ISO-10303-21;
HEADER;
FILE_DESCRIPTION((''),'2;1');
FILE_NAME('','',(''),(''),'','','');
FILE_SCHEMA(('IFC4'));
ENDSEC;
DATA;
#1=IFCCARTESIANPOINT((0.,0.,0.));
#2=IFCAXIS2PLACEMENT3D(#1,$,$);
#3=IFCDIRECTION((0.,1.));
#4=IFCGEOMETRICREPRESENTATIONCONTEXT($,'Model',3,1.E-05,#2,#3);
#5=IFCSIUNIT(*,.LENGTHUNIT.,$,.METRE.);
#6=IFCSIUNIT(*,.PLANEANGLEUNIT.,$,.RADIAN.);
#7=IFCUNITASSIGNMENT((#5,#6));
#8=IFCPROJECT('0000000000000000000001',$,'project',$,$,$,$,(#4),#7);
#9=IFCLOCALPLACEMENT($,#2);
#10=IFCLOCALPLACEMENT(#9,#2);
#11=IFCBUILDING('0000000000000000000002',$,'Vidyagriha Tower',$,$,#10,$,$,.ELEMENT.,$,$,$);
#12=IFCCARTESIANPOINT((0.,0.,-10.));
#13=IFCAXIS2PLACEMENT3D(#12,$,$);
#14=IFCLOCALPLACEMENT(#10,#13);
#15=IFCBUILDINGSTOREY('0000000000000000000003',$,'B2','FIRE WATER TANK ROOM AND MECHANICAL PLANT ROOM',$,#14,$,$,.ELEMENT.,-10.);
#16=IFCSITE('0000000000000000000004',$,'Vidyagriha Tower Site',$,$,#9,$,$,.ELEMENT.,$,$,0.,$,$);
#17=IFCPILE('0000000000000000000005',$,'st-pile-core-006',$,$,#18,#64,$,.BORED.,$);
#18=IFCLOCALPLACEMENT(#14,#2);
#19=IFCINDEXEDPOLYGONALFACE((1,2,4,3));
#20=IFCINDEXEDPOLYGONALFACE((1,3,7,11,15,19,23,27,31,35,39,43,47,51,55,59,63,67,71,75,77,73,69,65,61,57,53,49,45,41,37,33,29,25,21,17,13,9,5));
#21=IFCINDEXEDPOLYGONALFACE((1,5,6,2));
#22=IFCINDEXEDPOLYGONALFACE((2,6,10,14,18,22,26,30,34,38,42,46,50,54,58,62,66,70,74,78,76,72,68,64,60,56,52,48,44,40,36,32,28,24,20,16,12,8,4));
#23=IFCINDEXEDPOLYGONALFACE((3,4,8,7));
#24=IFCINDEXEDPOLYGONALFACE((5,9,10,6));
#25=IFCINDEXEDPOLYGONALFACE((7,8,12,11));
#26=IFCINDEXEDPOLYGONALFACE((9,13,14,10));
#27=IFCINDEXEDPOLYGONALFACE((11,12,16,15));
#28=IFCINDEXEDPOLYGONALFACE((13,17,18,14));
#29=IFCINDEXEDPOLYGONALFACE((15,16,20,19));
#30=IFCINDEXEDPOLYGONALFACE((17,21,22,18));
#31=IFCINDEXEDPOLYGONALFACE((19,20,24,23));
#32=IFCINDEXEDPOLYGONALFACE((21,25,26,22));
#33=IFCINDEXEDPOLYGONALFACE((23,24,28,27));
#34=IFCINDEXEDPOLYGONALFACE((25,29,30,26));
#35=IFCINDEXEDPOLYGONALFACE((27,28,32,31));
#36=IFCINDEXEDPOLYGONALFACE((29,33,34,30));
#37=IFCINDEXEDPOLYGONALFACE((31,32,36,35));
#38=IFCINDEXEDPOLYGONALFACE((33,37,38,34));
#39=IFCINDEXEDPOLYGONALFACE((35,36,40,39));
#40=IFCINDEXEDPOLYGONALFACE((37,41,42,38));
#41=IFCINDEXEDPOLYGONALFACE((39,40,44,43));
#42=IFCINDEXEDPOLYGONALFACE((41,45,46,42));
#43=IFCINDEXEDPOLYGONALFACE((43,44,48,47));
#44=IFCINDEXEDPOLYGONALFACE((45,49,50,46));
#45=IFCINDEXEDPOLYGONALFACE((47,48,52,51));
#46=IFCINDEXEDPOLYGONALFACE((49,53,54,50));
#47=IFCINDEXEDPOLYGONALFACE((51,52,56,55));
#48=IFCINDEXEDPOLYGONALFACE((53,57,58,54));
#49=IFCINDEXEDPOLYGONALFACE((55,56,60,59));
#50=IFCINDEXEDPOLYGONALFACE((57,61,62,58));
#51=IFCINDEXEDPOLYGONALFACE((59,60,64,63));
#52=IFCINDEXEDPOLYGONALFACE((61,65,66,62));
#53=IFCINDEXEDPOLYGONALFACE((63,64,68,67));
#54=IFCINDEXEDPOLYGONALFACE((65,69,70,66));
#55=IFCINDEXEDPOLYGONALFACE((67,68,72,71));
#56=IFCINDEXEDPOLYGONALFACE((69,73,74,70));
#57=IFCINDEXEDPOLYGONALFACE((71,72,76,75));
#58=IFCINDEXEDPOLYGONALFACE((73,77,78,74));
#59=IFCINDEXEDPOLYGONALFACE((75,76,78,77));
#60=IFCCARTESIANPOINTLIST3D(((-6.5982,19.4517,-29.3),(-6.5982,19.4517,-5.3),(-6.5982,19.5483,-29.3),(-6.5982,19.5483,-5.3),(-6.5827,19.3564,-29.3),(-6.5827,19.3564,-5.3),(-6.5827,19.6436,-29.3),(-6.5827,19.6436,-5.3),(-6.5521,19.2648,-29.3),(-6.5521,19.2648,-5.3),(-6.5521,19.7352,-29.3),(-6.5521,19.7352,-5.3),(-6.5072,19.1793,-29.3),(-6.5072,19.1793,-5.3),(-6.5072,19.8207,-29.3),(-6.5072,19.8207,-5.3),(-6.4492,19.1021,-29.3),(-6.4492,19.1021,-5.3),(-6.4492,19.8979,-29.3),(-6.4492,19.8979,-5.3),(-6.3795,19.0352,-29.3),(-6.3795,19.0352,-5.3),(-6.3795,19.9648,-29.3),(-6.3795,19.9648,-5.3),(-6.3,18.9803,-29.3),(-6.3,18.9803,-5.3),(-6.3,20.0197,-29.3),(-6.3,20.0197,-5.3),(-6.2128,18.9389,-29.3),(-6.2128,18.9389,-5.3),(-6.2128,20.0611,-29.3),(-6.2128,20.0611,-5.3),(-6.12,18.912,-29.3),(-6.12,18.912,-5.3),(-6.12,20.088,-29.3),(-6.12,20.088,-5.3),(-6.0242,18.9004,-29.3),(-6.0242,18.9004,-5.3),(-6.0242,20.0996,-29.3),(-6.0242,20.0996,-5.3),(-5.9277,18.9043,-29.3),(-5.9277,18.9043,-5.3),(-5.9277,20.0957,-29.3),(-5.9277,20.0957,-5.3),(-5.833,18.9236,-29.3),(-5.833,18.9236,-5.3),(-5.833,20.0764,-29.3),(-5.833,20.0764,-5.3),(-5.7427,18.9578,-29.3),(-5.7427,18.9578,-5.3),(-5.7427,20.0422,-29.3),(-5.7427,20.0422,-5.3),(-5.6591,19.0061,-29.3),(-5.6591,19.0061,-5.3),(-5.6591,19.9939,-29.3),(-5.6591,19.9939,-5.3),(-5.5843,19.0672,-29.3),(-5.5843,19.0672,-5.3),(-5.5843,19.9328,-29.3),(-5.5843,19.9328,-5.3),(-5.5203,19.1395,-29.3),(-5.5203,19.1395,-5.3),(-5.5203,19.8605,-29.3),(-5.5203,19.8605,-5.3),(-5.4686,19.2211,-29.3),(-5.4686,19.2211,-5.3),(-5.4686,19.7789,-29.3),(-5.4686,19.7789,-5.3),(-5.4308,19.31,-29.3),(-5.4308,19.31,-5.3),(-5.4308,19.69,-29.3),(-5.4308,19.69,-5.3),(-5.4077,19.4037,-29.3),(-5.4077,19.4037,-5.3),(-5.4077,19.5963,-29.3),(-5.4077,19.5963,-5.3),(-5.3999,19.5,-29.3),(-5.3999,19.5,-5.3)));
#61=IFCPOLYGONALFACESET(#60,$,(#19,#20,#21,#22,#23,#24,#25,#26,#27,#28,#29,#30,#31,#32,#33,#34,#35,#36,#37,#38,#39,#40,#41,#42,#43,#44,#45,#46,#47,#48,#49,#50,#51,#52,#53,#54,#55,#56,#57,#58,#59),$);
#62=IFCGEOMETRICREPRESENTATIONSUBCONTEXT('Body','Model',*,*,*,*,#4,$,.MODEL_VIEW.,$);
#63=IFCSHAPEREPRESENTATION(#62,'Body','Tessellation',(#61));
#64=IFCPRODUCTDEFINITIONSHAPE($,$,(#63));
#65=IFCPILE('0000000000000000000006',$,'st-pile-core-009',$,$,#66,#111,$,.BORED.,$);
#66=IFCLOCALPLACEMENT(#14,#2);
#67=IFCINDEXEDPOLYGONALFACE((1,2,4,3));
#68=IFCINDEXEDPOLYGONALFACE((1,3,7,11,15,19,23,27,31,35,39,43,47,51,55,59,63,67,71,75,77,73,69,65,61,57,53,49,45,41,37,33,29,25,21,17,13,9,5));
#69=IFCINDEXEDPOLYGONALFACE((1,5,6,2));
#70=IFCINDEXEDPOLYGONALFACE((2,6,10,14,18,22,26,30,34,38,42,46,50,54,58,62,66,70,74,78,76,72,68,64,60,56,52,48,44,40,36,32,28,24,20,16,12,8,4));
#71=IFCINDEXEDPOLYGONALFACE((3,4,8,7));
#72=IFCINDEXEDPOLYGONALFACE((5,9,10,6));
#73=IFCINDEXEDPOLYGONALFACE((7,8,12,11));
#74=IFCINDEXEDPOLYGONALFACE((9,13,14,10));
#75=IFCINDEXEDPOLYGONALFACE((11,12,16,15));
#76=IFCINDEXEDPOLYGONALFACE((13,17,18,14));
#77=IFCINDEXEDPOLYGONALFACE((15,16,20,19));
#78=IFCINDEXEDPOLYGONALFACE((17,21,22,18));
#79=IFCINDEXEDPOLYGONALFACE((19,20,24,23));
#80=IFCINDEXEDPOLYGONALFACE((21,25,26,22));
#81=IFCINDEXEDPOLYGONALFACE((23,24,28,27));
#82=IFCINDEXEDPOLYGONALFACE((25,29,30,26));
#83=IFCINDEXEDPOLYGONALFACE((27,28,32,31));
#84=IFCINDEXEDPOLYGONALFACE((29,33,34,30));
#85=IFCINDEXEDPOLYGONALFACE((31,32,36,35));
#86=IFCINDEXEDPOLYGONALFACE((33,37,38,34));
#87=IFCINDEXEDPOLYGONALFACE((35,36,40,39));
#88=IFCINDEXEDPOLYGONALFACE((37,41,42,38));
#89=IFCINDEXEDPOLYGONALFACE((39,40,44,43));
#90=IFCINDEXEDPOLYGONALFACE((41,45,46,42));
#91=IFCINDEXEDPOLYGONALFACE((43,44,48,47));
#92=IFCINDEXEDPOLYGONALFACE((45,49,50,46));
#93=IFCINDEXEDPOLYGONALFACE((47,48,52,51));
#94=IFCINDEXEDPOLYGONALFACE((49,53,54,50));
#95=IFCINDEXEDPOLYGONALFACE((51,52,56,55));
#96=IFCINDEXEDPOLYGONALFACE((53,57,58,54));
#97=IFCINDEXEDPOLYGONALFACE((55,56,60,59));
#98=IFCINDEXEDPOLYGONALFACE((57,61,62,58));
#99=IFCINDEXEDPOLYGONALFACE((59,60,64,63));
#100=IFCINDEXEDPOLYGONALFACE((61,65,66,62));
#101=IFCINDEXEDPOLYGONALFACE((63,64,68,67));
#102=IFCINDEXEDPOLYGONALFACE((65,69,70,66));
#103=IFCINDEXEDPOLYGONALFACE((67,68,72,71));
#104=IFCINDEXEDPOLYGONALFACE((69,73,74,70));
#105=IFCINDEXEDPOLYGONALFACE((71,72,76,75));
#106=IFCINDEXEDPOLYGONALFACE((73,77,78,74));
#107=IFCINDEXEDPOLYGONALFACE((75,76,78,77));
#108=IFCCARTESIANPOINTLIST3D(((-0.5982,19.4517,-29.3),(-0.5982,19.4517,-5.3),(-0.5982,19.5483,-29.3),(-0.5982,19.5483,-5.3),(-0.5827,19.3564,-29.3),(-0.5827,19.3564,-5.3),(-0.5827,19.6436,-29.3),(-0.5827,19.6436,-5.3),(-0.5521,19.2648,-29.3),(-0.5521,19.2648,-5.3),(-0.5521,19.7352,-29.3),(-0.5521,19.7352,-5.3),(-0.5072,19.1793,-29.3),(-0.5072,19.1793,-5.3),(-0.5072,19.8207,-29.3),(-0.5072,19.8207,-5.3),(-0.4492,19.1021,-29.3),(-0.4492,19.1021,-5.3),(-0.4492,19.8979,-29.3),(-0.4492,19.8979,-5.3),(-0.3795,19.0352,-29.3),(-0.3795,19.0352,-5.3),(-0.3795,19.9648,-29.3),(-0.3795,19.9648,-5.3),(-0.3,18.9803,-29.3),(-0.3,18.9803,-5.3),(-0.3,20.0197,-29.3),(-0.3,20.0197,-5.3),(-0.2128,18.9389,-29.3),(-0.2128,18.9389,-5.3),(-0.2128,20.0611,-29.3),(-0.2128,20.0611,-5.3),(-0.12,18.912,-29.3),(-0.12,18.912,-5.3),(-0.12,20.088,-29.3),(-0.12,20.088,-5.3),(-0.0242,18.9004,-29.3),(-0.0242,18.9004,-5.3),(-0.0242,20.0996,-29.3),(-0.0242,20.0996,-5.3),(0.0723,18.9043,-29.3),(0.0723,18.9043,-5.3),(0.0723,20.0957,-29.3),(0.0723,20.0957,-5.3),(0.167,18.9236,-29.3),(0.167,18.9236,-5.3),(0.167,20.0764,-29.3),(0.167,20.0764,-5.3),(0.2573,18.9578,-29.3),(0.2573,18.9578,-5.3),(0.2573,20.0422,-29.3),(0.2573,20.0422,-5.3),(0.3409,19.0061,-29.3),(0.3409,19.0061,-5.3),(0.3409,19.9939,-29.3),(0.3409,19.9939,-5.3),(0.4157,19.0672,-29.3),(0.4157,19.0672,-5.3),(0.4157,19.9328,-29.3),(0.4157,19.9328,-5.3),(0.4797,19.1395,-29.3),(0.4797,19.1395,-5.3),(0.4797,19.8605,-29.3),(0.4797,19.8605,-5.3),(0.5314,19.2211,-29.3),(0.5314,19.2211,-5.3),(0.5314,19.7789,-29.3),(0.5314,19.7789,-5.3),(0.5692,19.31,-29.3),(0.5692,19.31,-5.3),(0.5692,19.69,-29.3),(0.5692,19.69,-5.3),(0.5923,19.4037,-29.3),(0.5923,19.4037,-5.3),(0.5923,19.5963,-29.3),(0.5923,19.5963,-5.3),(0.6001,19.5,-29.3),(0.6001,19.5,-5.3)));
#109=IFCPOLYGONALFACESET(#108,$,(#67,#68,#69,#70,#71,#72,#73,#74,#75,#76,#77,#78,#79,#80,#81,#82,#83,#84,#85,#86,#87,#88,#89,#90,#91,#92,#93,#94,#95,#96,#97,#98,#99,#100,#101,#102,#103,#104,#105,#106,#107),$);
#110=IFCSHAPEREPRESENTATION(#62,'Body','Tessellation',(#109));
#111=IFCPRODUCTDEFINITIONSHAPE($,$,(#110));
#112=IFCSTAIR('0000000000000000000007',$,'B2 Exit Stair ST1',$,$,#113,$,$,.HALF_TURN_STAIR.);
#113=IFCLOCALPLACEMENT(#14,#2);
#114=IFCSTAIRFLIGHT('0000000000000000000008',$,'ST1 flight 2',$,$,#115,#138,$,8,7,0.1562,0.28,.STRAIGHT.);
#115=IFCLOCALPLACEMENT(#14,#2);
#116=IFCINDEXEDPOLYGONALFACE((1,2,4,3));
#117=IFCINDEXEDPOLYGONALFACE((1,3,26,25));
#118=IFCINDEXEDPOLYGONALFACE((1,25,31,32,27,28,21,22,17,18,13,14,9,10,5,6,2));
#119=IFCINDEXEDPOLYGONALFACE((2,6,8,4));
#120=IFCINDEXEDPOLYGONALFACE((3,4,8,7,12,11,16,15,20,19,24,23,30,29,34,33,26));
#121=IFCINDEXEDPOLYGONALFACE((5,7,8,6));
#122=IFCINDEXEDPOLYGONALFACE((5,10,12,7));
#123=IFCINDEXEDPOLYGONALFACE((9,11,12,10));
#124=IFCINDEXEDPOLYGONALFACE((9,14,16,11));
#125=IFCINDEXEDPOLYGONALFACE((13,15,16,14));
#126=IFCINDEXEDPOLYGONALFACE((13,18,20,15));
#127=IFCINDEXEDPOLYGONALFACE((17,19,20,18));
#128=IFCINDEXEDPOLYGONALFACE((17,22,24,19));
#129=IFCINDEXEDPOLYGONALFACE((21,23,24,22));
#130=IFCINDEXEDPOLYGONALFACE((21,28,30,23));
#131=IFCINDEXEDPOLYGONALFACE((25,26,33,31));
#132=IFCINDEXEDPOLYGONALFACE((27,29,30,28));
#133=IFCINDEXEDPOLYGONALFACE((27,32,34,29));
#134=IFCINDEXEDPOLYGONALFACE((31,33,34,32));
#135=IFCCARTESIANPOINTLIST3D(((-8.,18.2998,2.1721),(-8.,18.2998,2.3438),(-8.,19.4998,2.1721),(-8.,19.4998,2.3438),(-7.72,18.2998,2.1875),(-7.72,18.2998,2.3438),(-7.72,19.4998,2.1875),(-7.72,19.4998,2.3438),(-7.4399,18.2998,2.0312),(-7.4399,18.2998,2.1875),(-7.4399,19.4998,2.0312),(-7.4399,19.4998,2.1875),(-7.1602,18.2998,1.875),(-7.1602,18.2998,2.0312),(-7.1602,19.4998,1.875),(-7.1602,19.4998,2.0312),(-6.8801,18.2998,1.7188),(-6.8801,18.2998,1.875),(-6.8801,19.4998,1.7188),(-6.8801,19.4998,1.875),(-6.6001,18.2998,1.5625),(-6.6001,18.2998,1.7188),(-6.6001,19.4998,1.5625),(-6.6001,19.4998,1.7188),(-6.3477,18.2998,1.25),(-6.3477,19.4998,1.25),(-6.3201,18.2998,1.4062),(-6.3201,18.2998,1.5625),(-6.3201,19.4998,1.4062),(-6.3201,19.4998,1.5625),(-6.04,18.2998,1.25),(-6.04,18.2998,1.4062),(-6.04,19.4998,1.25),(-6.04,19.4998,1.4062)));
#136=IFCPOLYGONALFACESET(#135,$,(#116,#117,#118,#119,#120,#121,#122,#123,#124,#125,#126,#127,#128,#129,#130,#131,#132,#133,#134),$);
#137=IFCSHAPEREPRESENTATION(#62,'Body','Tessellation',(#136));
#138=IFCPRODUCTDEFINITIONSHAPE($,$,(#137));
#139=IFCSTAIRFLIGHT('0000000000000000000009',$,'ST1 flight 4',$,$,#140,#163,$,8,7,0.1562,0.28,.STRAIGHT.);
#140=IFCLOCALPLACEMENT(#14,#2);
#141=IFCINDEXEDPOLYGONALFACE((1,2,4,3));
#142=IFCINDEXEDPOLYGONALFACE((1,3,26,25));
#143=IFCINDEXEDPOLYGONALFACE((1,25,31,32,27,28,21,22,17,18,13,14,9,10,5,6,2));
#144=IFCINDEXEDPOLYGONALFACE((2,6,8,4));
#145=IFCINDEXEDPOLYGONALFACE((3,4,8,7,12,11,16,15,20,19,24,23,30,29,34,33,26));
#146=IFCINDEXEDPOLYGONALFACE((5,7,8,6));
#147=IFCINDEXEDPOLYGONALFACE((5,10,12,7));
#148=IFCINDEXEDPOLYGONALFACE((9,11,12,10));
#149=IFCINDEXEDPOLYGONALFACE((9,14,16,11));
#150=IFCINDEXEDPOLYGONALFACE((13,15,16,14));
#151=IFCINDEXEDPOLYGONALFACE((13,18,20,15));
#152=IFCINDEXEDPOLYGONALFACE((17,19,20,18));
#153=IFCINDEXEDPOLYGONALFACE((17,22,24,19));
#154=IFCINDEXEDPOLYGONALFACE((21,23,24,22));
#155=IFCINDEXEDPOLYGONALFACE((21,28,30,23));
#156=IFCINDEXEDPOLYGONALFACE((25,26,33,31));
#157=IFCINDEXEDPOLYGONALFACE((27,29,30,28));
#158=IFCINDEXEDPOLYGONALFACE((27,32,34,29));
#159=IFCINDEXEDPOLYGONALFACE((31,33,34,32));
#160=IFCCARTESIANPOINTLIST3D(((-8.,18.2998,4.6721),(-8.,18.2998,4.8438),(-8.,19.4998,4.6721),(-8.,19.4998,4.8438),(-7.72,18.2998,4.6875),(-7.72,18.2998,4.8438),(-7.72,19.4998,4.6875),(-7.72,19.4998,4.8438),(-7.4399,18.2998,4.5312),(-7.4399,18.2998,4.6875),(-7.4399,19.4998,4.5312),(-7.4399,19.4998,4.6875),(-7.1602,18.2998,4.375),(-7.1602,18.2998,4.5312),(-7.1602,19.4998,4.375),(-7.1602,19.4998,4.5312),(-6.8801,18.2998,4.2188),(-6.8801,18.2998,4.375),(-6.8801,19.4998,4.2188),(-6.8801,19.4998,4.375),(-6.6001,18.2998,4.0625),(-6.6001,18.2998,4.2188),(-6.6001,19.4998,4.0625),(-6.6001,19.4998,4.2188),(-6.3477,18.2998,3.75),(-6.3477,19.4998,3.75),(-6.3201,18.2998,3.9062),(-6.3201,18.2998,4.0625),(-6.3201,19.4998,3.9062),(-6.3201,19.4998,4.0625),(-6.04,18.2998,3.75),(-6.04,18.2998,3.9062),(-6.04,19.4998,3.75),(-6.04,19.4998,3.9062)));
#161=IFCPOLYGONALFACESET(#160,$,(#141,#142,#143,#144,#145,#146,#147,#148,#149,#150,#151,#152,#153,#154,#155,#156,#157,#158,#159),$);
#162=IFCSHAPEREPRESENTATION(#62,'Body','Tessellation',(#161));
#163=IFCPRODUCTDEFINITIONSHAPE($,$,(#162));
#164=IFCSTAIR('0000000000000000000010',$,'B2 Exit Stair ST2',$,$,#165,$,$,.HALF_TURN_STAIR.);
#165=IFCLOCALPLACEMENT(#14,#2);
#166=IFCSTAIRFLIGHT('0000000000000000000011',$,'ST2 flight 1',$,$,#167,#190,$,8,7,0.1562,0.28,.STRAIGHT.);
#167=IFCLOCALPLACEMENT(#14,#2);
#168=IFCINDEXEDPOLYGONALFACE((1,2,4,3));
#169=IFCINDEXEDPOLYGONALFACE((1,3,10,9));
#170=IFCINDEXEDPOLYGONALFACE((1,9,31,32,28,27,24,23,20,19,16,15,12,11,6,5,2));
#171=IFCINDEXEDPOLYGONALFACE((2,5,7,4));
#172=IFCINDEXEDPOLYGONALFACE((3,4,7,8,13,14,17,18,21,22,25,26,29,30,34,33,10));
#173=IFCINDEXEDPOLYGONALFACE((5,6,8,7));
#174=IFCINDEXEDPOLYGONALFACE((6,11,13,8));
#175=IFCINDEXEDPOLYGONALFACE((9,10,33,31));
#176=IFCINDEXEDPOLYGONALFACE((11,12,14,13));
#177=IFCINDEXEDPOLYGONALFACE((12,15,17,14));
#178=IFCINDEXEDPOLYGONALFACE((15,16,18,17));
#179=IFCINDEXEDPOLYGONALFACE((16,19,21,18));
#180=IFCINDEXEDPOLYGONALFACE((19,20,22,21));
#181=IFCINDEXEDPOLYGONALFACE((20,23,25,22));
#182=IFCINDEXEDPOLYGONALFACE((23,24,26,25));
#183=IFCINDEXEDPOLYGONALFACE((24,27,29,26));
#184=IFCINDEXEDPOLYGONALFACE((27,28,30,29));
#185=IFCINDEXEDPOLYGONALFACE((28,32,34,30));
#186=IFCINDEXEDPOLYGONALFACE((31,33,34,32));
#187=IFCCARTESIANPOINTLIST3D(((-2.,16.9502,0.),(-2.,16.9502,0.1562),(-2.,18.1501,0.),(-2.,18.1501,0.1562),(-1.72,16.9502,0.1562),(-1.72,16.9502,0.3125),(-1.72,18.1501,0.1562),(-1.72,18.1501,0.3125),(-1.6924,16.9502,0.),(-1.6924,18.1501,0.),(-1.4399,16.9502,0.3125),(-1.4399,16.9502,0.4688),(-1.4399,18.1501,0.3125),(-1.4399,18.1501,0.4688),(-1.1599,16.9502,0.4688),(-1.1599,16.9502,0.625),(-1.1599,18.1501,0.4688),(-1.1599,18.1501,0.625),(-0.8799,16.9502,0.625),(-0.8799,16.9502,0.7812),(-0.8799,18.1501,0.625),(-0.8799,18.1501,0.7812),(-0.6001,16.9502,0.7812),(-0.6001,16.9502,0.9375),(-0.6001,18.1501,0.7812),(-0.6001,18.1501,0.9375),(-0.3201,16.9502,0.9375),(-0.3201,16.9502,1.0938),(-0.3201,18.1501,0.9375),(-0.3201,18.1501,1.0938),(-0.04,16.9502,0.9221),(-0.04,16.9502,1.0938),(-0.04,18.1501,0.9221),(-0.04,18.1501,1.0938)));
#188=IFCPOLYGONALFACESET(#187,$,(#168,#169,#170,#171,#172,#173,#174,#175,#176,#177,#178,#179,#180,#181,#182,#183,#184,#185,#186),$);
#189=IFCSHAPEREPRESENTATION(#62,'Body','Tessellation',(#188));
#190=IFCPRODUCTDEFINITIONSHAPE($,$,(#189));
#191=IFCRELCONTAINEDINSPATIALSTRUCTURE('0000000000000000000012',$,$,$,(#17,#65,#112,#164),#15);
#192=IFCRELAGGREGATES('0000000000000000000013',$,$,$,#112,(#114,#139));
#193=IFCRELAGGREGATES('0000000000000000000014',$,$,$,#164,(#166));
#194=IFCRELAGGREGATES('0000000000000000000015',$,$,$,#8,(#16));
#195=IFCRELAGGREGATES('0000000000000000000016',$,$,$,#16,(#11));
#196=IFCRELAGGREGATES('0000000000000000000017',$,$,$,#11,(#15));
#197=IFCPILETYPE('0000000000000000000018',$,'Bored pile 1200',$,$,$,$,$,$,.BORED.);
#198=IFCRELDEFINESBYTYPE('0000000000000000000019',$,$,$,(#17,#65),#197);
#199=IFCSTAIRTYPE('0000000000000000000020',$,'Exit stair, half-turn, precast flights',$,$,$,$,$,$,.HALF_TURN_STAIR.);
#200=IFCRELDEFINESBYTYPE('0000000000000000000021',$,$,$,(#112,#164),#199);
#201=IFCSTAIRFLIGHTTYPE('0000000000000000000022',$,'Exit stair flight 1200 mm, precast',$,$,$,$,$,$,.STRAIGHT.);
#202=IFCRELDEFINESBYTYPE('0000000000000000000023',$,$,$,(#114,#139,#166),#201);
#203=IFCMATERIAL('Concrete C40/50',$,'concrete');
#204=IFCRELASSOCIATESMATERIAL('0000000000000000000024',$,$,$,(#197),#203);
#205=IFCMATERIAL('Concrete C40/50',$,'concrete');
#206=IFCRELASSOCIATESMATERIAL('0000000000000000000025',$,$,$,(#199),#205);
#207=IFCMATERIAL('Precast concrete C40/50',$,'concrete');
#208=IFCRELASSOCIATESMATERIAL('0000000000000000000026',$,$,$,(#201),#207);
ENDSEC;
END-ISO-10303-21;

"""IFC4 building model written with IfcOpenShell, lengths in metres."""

from ifc_helpers import new_model, si_unit, direction, frame, origin, origin_2d, place, context, subcontext, project, spatial, polyline, circle, outline, extrude, material, material_profile, profile_set, type_object, element, aggregate, save


model = new_model("IFC4")

# Units and contexts
model_context = context("Model", 3, precision=1e-05, world=origin(), true_north=direction((0.0, 1.0)))
body_context = subcontext(model_context, "Body", "Model", "MODEL_VIEW")
ifc_project = project(units=[si_unit("LENGTHUNIT", "METRE"), si_unit("PLANEANGLEUNIT", "RADIAN")], contexts=[model_context])

# Site, building, storey
site_placement = place(None, origin())
site = spatial("IfcSite", under=ifc_project, at=site_placement, Name="Vidyagriha Tower Site", CompositionType="ELEMENT", RefElevation=0.0)
building_placement = place(site_placement, origin())
building = spatial("IfcBuilding", under=site, at=building_placement, Name="Vidyagriha Tower", CompositionType="ELEMENT")
storey_placement = place(building_placement, frame((0.0, 0.0, -10.0)))
storey = spatial("IfcBuildingStorey", under=building, at=storey_placement, Name="B2", Description="FIRE WATER TANK ROOM AND MECHANICAL PLANT ROOM", CompositionType="ELEMENT", Elevation=-10.0)

# Piles
ifc_material_1 = material(Name="Concrete C40/50", Category="concrete")
ifc_material_profile = material_profile(ifc_material_1, circle(Radius=0.6001, at=origin_2d()), Name="Bored pile 1200")
ifc_profile_set = profile_set([ifc_material_profile], Name="Concrete C40/50")
pile_type = type_object("IfcPileType", Name="Bored pile 1200", PredefinedType="BORED", material=ifc_profile_set)
for number, where, z_axis, x_axis, name in (
    (1, (-6.0, 19.5, -5.3), (0.0, 0.0, -1.0), (1.0, 0.0, 0.0), "st-pile-core-006"),
    (2, (0.0, 19.5, -5.3), (0.0, 0.0, -1.0), (1.0, 0.0, 0.0), "st-pile-core-009"),
):
    element("IfcPile", number, at=place(storey_placement, frame(where, z_axis=z_axis, x_axis=x_axis)), inside=storey, type_object=pile_type, Name=name, PredefinedType="BORED", context=body_context, shape_type="SweptSolid", body=[
        extrude(circle(Radius=0.6001, at=origin_2d()), origin(), (0.0, 0.0, 1.0), 24.0),
    ])

# Stairs, stair flights
ifc_material_2 = material(Name="Concrete C40/50", Category="concrete")
stair_type = type_object("IfcStairType", Name="Exit stair, half-turn, precast flights", PredefinedType="HALF_TURN_STAIR", material=ifc_material_2)
stair_1_placement = place(storey_placement, origin())
stair_1 = element("IfcStair", 3, at=stair_1_placement, inside=storey, type_object=stair_type, Name="B2 Exit Stair ST1", PredefinedType="HALF_TURN_STAIR")
ifc_material_3 = material(Name="Precast concrete C40/50", Category="concrete")
stair_flight_type = type_object("IfcStairFlightType", Name="Exit stair flight 1200 mm, precast", PredefinedType="STRAIGHT", material=ifc_material_3)
stair_flight_1_placement = place(storey_placement, frame((-6.04, 18.8999, 1.25), z_axis=(0.0, 0.0, 1.0), x_axis=(-1.0, 0.0, 0.0)))
stair_flight_1 = element("IfcStairFlight", 4, at=stair_flight_1_placement, type_object=stair_flight_type, Name="ST1 flight 2", NumberOfRisers=8, NumberOfTreads=7, PredefinedType="STRAIGHT", RiserHeight=0.1562, TreadLength=0.28, context=body_context, shape_type="SweptSolid", body=[
    extrude(outline(polyline([(0.0, 0.0), (0.0, 0.1562), (0.28, 0.1562), (0.28, 0.3125), (0.5601, 0.3125), (0.5601, 0.4688), (0.8401, 0.4688), (0.8401, 0.625), (1.1201, 0.625), (1.1201, 0.7812), (1.3999, 0.7812), (1.3999, 0.9375), (1.6799, 0.9375), (1.6799, 1.0938), (1.96, 1.0938), (1.96, 1.25), (1.96, 0.9221), (0.3076, 0.0), (0.0, 0.0)])), frame((0.0, 0.6001, 0.0), z_axis=(0.0, -1.0, 0.0), x_axis=(1.0, 0.0, 0.0)), (0.0, 0.0, 1.0), 1.2),
])
stair_flight_2_placement = place(storey_placement, frame((-6.04, 18.8999, 3.75), z_axis=(0.0, 0.0, 1.0), x_axis=(-1.0, 0.0, 0.0)))
stair_flight_2 = element("IfcStairFlight", 5, at=stair_flight_2_placement, type_object=stair_flight_type, Name="ST1 flight 4", NumberOfRisers=8, NumberOfTreads=7, PredefinedType="STRAIGHT", RiserHeight=0.1562, TreadLength=0.28, context=body_context, shape_type="SweptSolid", body=[
    extrude(outline(polyline([(0.0, 0.0), (0.0, 0.1562), (0.28, 0.1562), (0.28, 0.3125), (0.5601, 0.3125), (0.5601, 0.4688), (0.8401, 0.4688), (0.8401, 0.625), (1.1201, 0.625), (1.1201, 0.7812), (1.3999, 0.7812), (1.3999, 0.9375), (1.6799, 0.9375), (1.6799, 1.0938), (1.96, 1.0938), (1.96, 1.25), (1.96, 0.9221), (0.3076, 0.0), (0.0, 0.0)])), frame((0.0, 0.6001, 0.0), z_axis=(0.0, -1.0, 0.0), x_axis=(1.0, 0.0, 0.0)), (0.0, 0.0, 1.0), 1.2),
])
aggregate(stair_1, [stair_flight_1, stair_flight_2])
stair_2_placement = place(storey_placement, origin())
stair_2 = element("IfcStair", 6, at=stair_2_placement, inside=storey, type_object=stair_type, Name="B2 Exit Stair ST2", PredefinedType="HALF_TURN_STAIR")
stair_flight_3_placement = place(storey_placement, frame((-2.0, 17.55, 0.0)))
stair_flight_3 = element("IfcStairFlight", 7, at=stair_flight_3_placement, type_object=stair_flight_type, Name="ST2 flight 1", NumberOfRisers=8, NumberOfTreads=7, PredefinedType="STRAIGHT", RiserHeight=0.1562, TreadLength=0.28, context=body_context, shape_type="SweptSolid", body=[
    extrude(outline(polyline([(0.0, 0.0), (0.0, 0.1562), (0.28, 0.1562), (0.28, 0.3125), (0.5601, 0.3125), (0.5601, 0.4688), (0.8401, 0.4688), (0.8401, 0.625), (1.1201, 0.625), (1.1201, 0.7812), (1.3999, 0.7812), (1.3999, 0.9375), (1.6799, 0.9375), (1.6799, 1.0938), (1.96, 1.0938), (1.96, 1.25), (1.96, 0.9221), (0.3076, 0.0), (0.0, 0.0)])), frame((0.0, 0.6001, 0.0), z_axis=(0.0, -1.0, 0.0), x_axis=(1.0, 0.0, 0.0)), (0.0, 0.0, 1.0), 1.2),
])
aggregate(stair_2, [stair_flight_3])

save(model, "model.ifc")
